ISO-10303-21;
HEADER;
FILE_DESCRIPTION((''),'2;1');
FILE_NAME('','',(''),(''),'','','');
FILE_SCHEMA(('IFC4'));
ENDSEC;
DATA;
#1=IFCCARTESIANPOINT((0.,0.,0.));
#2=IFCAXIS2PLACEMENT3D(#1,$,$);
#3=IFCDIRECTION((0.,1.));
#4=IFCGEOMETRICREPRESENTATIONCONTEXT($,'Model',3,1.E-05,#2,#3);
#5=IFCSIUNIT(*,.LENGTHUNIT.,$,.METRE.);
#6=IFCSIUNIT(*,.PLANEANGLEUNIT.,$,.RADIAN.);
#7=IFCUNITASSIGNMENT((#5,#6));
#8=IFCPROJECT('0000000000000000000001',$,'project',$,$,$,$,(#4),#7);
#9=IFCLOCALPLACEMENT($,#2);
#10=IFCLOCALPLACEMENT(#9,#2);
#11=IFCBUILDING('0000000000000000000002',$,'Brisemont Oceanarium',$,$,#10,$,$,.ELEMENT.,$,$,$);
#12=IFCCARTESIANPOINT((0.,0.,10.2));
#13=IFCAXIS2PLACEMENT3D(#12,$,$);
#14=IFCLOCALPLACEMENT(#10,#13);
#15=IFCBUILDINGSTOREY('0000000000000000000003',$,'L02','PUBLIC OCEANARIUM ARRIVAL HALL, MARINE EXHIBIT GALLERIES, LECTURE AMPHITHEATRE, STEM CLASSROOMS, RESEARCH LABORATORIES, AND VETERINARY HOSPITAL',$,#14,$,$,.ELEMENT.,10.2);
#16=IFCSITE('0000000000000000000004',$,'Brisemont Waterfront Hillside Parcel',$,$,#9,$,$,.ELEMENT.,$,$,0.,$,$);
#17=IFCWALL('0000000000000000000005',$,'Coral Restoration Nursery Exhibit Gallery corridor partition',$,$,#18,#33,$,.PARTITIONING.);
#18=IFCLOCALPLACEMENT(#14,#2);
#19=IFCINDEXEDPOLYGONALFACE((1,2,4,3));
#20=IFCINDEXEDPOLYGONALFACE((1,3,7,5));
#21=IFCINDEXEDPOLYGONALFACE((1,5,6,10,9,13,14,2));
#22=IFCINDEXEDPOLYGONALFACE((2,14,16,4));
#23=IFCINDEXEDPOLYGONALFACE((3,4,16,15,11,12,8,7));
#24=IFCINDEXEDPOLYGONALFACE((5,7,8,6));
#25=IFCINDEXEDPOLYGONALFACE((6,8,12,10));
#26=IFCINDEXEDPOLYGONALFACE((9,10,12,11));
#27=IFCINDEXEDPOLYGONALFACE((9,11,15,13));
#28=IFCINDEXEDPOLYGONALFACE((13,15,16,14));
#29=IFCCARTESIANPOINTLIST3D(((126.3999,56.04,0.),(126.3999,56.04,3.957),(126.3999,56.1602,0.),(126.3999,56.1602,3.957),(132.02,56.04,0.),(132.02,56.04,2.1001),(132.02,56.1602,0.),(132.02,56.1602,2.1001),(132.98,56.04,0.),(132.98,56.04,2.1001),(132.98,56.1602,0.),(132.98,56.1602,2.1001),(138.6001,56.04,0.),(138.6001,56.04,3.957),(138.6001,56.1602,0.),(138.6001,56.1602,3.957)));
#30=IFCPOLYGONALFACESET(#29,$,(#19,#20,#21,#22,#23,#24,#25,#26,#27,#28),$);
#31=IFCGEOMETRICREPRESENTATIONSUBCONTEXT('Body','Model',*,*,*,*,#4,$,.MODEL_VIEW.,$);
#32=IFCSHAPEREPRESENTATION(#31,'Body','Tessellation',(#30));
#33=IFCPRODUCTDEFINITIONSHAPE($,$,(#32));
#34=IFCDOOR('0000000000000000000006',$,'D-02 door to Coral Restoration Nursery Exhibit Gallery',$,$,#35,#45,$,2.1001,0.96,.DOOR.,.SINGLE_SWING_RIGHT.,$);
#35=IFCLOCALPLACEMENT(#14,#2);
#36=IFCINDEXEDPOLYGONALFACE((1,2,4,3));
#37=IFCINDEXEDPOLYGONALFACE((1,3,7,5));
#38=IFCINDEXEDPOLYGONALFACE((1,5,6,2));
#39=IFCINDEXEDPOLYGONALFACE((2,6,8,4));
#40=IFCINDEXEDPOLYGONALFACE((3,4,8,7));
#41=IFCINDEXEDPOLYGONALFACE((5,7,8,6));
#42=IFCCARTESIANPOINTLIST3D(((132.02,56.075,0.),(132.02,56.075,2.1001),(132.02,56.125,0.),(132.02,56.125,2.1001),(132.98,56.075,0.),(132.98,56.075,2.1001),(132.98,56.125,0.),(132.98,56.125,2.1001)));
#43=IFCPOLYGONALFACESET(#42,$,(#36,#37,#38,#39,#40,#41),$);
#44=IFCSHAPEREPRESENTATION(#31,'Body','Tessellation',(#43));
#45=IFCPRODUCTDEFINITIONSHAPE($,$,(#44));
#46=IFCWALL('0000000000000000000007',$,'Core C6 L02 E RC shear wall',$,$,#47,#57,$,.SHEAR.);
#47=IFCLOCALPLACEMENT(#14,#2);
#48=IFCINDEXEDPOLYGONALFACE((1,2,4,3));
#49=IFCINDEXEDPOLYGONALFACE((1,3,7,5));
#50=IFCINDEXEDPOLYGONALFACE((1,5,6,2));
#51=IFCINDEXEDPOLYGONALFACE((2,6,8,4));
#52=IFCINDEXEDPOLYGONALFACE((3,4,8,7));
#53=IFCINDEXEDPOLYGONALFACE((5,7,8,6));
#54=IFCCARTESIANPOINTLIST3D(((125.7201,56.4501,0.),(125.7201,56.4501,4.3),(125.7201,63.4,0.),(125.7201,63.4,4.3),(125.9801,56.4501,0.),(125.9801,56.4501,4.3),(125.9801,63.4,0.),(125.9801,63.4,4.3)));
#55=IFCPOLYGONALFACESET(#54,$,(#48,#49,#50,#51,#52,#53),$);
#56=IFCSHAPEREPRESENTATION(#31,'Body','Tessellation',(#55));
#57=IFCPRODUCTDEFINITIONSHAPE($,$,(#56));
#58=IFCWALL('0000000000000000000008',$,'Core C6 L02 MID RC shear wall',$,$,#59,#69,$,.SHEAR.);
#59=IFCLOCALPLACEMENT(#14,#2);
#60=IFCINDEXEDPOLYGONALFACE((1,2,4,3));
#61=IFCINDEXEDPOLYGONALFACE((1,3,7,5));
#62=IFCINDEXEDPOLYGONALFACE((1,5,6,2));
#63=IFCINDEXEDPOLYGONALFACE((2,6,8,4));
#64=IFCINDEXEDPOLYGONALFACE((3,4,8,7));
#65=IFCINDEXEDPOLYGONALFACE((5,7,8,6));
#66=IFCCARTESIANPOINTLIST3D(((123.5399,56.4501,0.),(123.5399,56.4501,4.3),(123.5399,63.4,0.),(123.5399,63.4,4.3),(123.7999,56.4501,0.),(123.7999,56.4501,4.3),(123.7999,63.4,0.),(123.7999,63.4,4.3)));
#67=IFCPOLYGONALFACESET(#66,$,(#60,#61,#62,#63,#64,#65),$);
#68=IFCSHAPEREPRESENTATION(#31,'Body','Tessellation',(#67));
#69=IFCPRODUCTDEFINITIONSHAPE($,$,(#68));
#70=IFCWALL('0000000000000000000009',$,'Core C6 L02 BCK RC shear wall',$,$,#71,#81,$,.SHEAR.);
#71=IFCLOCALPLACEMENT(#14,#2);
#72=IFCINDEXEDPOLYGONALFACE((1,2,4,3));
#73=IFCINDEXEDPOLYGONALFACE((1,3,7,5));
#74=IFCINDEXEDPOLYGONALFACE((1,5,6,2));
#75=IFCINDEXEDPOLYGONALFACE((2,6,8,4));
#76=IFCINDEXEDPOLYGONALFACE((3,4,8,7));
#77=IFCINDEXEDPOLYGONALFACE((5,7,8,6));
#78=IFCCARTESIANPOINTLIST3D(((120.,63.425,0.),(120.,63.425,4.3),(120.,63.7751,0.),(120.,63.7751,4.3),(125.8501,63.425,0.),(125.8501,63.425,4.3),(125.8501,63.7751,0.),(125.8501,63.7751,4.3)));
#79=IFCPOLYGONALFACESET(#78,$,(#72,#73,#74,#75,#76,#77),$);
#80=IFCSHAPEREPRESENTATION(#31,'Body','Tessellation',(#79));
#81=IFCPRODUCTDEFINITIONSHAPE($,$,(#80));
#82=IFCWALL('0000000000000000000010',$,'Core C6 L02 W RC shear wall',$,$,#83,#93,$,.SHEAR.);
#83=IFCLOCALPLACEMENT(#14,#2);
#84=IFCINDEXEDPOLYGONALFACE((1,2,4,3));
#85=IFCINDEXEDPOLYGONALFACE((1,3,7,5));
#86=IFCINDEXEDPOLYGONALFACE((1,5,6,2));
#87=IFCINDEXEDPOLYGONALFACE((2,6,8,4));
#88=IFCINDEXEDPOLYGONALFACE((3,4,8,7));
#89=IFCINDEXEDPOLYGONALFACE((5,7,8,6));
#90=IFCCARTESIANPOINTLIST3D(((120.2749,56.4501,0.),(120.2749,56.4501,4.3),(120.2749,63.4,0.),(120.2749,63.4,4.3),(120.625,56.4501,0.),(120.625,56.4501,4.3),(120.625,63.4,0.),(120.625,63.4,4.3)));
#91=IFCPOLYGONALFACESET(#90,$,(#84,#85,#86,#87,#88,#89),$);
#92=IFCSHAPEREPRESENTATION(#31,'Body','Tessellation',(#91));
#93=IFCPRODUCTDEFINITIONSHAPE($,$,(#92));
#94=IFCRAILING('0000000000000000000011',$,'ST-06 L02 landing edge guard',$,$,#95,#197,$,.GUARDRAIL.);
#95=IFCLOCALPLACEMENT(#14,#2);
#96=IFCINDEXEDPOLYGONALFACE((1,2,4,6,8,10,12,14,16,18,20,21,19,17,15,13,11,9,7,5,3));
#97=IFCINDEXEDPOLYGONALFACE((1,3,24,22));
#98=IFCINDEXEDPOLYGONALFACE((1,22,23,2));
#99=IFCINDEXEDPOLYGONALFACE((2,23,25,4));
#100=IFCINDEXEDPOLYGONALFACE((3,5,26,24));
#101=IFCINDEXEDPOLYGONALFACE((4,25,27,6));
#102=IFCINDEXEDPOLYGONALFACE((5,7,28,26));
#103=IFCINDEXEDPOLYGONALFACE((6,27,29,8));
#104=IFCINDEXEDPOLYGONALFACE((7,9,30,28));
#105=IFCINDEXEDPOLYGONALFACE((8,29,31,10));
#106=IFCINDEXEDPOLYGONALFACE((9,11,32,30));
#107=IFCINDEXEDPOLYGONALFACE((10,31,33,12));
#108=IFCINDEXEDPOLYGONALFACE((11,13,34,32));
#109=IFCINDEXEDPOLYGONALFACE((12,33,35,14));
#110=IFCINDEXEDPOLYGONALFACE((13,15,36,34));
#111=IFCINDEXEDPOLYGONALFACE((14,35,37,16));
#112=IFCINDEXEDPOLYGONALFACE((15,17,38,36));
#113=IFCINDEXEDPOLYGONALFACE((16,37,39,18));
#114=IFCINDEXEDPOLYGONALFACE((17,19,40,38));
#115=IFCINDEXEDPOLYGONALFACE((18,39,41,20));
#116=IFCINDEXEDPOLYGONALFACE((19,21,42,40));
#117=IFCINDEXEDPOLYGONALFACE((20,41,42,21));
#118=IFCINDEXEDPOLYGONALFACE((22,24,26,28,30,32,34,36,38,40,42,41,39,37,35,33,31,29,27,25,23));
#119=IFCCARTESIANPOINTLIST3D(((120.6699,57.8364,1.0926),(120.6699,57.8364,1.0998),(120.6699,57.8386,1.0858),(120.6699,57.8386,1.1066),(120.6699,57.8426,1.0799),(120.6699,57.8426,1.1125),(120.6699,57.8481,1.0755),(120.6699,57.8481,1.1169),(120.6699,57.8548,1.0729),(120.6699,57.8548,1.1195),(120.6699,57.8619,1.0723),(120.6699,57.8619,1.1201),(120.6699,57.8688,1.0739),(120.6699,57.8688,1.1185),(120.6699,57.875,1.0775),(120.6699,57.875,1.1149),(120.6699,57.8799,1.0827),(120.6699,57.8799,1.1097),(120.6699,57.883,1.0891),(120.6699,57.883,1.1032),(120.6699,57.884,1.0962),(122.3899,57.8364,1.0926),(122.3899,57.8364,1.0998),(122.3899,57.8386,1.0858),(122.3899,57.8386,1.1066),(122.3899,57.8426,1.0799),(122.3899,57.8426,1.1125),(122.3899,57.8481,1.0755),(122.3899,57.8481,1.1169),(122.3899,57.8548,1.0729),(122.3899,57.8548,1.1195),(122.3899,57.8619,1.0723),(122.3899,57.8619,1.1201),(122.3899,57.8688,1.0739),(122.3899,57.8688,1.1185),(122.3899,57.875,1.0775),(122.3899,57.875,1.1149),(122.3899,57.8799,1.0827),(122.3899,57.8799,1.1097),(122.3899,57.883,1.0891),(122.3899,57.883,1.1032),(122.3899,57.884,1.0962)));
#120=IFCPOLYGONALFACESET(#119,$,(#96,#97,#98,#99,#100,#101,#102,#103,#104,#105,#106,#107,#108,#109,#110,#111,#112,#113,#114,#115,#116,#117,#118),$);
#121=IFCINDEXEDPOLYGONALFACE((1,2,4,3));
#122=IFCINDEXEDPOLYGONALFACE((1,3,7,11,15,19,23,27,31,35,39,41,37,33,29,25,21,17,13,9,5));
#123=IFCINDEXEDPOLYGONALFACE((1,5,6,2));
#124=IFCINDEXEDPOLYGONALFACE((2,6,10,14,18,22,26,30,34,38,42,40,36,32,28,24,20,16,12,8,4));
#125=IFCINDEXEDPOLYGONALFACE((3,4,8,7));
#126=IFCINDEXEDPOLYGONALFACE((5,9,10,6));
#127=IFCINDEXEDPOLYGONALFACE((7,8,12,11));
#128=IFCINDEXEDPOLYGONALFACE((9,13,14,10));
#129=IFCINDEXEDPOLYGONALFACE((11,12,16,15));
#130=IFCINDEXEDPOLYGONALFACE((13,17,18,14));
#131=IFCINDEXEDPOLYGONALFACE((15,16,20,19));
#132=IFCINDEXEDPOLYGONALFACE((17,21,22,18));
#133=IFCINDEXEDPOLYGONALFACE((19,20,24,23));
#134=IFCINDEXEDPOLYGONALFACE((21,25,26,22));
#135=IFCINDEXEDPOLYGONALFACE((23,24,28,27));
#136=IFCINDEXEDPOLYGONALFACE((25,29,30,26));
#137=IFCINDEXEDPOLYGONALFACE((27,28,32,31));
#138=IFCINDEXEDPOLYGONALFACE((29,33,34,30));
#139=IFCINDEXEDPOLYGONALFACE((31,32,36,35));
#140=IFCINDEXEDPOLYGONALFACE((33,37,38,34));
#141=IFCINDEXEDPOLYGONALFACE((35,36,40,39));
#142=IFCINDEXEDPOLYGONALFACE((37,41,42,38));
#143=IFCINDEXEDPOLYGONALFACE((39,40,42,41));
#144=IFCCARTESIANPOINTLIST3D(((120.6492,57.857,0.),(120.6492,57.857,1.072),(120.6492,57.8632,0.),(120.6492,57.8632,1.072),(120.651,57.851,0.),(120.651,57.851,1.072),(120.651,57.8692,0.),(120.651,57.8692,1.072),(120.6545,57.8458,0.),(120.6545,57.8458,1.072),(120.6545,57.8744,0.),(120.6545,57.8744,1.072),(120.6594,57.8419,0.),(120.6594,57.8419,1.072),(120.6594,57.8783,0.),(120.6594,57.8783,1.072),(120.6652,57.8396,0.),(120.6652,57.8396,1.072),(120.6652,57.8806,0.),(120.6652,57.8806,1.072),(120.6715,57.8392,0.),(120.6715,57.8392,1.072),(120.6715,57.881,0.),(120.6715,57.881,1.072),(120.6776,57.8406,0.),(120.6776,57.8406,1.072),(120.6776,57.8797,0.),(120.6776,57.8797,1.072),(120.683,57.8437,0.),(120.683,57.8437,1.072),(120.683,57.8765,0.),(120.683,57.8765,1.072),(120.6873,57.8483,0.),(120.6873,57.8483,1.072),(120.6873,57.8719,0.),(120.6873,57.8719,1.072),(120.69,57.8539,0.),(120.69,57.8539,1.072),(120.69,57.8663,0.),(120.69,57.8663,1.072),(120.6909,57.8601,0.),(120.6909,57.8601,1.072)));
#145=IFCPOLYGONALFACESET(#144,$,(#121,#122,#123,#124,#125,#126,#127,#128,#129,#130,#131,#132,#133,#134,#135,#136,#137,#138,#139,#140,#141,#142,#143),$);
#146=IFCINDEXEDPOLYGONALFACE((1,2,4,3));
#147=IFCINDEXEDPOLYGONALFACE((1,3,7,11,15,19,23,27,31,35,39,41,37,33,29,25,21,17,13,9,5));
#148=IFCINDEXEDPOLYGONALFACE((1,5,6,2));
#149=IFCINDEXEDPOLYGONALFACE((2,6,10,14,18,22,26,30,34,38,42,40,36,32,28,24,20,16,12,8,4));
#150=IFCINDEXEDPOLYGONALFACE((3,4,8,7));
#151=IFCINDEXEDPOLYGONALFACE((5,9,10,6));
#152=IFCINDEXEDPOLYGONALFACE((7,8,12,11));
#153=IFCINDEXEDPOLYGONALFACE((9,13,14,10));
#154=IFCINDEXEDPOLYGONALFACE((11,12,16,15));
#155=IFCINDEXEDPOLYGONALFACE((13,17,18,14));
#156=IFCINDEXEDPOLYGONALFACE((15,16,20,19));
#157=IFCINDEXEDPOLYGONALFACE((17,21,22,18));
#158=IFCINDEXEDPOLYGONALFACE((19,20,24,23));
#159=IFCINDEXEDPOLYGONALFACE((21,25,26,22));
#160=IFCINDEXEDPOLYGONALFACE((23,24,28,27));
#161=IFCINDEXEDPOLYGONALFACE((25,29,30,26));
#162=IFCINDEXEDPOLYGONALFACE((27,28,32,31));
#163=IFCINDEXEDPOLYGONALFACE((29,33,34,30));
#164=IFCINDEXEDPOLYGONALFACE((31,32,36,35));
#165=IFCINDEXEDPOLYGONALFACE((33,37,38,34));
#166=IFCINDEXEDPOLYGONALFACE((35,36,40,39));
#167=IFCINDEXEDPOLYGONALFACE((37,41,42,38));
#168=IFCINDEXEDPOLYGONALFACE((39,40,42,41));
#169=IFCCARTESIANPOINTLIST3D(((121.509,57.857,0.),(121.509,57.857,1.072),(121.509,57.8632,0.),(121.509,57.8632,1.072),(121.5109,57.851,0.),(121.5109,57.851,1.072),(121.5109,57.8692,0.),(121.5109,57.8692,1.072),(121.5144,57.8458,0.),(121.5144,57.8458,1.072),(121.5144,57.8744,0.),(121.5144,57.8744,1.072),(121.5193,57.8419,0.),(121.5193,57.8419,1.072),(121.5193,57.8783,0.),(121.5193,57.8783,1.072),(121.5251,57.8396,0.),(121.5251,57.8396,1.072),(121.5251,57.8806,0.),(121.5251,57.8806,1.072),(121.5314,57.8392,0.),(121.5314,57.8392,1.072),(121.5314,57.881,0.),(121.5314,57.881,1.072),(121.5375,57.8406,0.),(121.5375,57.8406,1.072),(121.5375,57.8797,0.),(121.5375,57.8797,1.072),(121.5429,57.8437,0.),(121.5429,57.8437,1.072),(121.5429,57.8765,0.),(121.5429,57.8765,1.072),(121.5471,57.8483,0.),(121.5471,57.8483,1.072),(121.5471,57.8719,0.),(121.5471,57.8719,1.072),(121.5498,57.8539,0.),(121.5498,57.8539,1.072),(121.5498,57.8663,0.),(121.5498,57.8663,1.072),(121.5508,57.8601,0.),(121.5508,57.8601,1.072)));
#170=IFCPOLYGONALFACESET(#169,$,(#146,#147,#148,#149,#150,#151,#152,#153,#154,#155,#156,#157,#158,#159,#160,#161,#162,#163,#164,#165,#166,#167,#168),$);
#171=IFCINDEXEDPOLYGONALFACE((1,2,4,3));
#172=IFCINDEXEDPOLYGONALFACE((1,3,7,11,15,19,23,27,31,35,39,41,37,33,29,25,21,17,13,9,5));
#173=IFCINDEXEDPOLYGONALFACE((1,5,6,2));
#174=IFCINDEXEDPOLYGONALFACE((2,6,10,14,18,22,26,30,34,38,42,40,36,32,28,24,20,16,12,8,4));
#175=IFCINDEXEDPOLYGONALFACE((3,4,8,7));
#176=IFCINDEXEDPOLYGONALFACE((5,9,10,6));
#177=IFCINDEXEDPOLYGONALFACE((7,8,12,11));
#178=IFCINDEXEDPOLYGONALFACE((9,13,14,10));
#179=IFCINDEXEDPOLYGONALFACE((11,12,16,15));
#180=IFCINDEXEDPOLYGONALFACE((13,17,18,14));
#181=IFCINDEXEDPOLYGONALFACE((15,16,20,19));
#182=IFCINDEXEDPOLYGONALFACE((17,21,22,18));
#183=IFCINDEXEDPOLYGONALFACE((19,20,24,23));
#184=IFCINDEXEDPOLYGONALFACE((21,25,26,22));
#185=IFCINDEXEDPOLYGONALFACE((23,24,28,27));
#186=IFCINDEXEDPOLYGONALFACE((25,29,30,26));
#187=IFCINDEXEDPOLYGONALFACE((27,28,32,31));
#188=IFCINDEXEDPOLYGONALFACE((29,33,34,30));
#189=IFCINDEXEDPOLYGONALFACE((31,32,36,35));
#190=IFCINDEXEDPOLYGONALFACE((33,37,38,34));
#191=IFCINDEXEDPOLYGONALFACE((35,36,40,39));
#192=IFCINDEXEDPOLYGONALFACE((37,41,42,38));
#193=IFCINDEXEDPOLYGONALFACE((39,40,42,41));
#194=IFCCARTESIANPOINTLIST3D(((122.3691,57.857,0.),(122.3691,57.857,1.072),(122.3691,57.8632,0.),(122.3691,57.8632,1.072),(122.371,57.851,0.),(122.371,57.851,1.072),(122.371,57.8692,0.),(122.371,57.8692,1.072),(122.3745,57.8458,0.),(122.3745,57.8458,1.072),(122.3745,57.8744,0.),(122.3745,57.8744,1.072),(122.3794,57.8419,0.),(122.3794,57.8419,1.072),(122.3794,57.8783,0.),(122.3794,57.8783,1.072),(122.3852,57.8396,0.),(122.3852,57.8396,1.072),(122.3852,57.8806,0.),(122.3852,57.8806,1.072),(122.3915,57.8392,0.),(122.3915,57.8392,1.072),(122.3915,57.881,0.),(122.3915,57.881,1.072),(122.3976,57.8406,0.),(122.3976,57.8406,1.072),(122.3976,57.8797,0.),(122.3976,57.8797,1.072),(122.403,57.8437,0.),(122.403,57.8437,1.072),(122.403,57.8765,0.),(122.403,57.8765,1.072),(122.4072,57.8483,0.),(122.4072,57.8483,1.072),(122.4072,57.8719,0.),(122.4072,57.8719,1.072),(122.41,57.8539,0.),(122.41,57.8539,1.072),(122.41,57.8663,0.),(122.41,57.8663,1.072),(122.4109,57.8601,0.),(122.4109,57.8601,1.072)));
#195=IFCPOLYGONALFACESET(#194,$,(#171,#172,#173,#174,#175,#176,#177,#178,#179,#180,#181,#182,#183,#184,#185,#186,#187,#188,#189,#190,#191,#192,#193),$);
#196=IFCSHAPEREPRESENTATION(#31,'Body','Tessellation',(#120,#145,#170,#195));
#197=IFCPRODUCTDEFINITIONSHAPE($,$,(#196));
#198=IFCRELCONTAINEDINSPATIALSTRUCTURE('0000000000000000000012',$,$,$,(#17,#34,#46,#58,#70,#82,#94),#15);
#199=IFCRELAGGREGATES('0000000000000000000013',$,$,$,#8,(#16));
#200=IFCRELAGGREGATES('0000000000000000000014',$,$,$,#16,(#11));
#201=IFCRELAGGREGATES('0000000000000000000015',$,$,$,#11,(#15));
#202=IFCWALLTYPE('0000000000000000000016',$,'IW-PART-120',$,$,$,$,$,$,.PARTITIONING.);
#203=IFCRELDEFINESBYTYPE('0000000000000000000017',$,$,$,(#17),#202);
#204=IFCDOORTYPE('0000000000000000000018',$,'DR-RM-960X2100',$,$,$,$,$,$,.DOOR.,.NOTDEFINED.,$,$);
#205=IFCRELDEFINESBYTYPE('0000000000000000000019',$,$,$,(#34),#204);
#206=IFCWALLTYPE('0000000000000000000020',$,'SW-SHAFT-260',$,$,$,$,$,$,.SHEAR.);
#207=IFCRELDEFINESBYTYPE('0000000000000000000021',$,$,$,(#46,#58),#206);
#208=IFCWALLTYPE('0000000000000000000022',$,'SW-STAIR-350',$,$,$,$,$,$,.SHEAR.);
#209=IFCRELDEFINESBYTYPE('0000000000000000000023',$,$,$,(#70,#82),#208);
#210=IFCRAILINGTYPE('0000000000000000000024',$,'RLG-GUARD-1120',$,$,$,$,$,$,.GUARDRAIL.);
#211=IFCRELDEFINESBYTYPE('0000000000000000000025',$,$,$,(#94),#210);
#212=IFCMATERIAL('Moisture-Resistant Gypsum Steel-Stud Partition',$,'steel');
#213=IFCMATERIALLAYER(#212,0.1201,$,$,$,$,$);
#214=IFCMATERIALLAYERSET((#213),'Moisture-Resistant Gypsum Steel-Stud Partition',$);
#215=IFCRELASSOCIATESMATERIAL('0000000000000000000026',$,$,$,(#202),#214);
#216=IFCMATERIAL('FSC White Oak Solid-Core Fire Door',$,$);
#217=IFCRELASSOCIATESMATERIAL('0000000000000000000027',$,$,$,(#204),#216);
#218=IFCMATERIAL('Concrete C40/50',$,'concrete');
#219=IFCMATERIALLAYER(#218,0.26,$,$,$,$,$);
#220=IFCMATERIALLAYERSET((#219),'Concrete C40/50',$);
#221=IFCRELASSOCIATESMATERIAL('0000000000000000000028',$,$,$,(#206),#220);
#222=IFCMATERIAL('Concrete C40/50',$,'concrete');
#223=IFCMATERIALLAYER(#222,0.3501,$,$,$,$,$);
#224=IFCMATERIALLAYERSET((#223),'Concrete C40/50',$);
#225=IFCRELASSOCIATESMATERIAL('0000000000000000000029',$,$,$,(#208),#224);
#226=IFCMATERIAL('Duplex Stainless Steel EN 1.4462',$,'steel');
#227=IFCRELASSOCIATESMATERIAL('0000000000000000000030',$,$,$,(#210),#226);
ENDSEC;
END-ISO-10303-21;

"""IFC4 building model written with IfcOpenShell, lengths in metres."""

from ifc_helpers import new_model, si_unit, direction, frame, frame_2d, origin, origin_2d, place, context, subcontext, project, spatial, rectangle, circle, extrude, material, layer, layer_set, type_object, element, fill, save


model = new_model("IFC4")

# Units and contexts
model_context = context("Model", 3, precision=1e-05, world=origin(), true_north=direction((0.0, 1.0)))
body_context = subcontext(model_context, "Body", "Model", "MODEL_VIEW")
ifc_project = project(units=[si_unit("LENGTHUNIT", "METRE"), si_unit("PLANEANGLEUNIT", "RADIAN")], contexts=[model_context])

# Site, building, storey
site_placement = place(None, origin())
site = spatial("IfcSite", under=ifc_project, at=site_placement, Name="Brisemont Waterfront Hillside Parcel", CompositionType="ELEMENT", RefElevation=0.0)
building_placement = place(site_placement, origin())
building = spatial("IfcBuilding", under=site, at=building_placement, Name="Brisemont Oceanarium", CompositionType="ELEMENT")
storey_placement = place(building_placement, frame((0.0, 0.0, 10.2)))
storey = spatial("IfcBuildingStorey", under=building, at=storey_placement, Name="L02", Description="PUBLIC OCEANARIUM ARRIVAL HALL, MARINE EXHIBIT GALLERIES, LECTURE AMPHITHEATRE, STEM CLASSROOMS, RESEARCH LABORATORIES, AND VETERINARY HOSPITAL", CompositionType="ELEMENT", Elevation=10.2)

# Wall, opening, door
ifc_material_1 = material(Name="Moisture-Resistant Gypsum Steel-Stud Partition", Category="steel")
ifc_layer_1 = layer(ifc_material_1, 0.1201)
ifc_layer_set_1 = layer_set([ifc_layer_1], Name="Moisture-Resistant Gypsum Steel-Stud Partition")
wall_type_1 = type_object("IfcWallType", Name="IW-PART-120", PredefinedType="PARTITIONING", material=ifc_layer_set_1)
wall_1_placement = place(storey_placement, frame((126.3999, 56.1001, 0.0), z_axis=(0.0, 0.0, 1.0), x_axis=(1.0, 0.0, 0.0)))
wall_1 = element("IfcWall", 1, at=wall_1_placement, inside=storey, type_object=wall_type_1, Name="Coral Restoration Nursery Exhibit Gallery corridor partition", PredefinedType="PARTITIONING", context=body_context, shape_type="SweptSolid", body=[
    extrude(rectangle(XDim=12.2002, YDim=0.1201, at=frame_2d((6.1001, 0.0))), origin(), (0.0, 0.0, 1.0), 3.957),
])
opening_1_placement = place(wall_1_placement, frame((5.6201, 0.0, 0.0)))
opening_1 = element("IfcOpeningElement", 2, at=opening_1_placement, cuts=wall_1, PredefinedType="OPENING", context=body_context, shape_type="SweptSolid", body=[
    extrude(rectangle(XDim=0.96, YDim=2.1001, at=frame_2d((0.48, 1.05))), frame((0.0, 0.0701, 0.0), z_axis=(0.0, -1.0, 0.0), x_axis=(1.0, 0.0, 0.0)), (0.0, 0.0, 1.0), 0.1401),
])
ifc_material_2 = material(Name="FSC White Oak Solid-Core Fire Door")
door_type_1 = type_object("IfcDoorType", Name="DR-RM-960X2100", OperationType="NOTDEFINED", PredefinedType="DOOR", material=ifc_material_2)
door_1_placement = place(opening_1_placement, origin())
door_1 = element("IfcDoor", 3, at=door_1_placement, inside=storey, type_object=door_type_1, Name="D-02 door to Coral Restoration Nursery Exhibit Gallery", OperationType="SINGLE_SWING_RIGHT", OverallHeight=2.1001, OverallWidth=0.96, PredefinedType="DOOR", context=body_context, shape_type="SweptSolid", body=[
    extrude(rectangle(XDim=0.96, YDim=2.1001, at=frame_2d((0.48, 1.05))), frame((0.0, 0.0249, 0.0), z_axis=(0.0, -1.0, 0.0), x_axis=(1.0, 0.0, 0.0)), (0.0, 0.0, 1.0), 0.05),
])
fill(opening_1, door_1)

# Walls
ifc_material_3 = material(Name="Concrete C40/50", Category="concrete")
ifc_layer_2 = layer(ifc_material_3, 0.26)
ifc_layer_set_2 = layer_set([ifc_layer_2], Name="Concrete C40/50")
wall_type_2 = type_object("IfcWallType", Name="SW-SHAFT-260", PredefinedType="SHEAR", material=ifc_layer_set_2)
for number, where, z_axis, x_axis, name in (
    (4, (125.8501, 56.45, 0.0), (0.0, 0.0, 1.0), (0.0, 1.0, 0.0), "Core C6 L02 E RC shear wall"),
    (5, (123.6699, 56.45, 0.0), (0.0, 0.0, 1.0), (0.0, 1.0, 0.0), "Core C6 L02 MID RC shear wall"),
):
    element("IfcWall", number, at=place(storey_placement, frame(where, z_axis=z_axis, x_axis=x_axis)), inside=storey, type_object=wall_type_2, Name=name, PredefinedType="SHEAR", context=body_context, shape_type="SweptSolid", body=[
        extrude(rectangle(XDim=6.95, YDim=0.26, at=frame_2d((3.4751, 0.0))), origin(), (0.0, 0.0, 1.0), 4.3),
    ])

# Shared definitions
ifc_material_4 = material(Name="Concrete C40/50", Category="concrete")
ifc_layer_3 = layer(ifc_material_4, 0.3501)
ifc_layer_set_3 = layer_set([ifc_layer_3], Name="Concrete C40/50")
wall_type_3 = type_object("IfcWallType", Name="SW-STAIR-350", PredefinedType="SHEAR", material=ifc_layer_set_3)

# Walls
wall_2_placement = place(storey_placement, frame((120.0, 63.6001, 0.0), z_axis=(0.0, 0.0, 1.0), x_axis=(1.0, 0.0, 0.0)))
element("IfcWall", 6, at=wall_2_placement, inside=storey, type_object=wall_type_3, Name="Core C6 L02 BCK RC shear wall", PredefinedType="SHEAR", context=body_context, shape_type="SweptSolid", body=[
    extrude(rectangle(XDim=5.8501, YDim=0.3501, at=frame_2d((2.925, 0.0))), origin(), (0.0, 0.0, 1.0), 4.3),
])
wall_3_placement = place(storey_placement, frame((120.45, 56.45, 0.0), z_axis=(0.0, 0.0, 1.0), x_axis=(0.0, 1.0, 0.0)))
element("IfcWall", 7, at=wall_3_placement, inside=storey, type_object=wall_type_3, Name="Core C6 L02 W RC shear wall", PredefinedType="SHEAR", context=body_context, shape_type="SweptSolid", body=[
    extrude(rectangle(XDim=6.95, YDim=0.3501, at=frame_2d((3.4751, 0.0))), origin(), (0.0, 0.0, 1.0), 4.3),
])

# Railing
ifc_material_5 = material(Name="Duplex Stainless Steel EN 1.4462", Category="steel")
railing_type = type_object("IfcRailingType", Name="RLG-GUARD-1120", PredefinedType="GUARDRAIL", material=ifc_material_5)
railing_1_placement = place(storey_placement, frame((120.6699, 57.8601, 0.0)))
element("IfcRailing", 8, at=railing_1_placement, inside=storey, type_object=railing_type, Name="ST-06 L02 landing edge guard", PredefinedType="GUARDRAIL", context=body_context, shape_type="SweptSolid", body=[
    extrude(circle(Radius=0.0239, at=origin_2d()), frame((0.0, 0.0, 1.0962), z_axis=(1.0, 0.0, 0.0), x_axis=(0.0, 1.0, 0.0)), (0.0, 0.0, 1.0), 1.72),
    extrude(circle(Radius=0.021, at=origin_2d()), origin(), (0.0, 0.0, 1.0), 1.072),
    extrude(circle(Radius=0.021, at=origin_2d()), frame((0.8599, 0.0, 0.0)), (0.0, 0.0, 1.0), 1.072),
    extrude(circle(Radius=0.021, at=origin_2d()), frame((1.72, 0.0, 0.0)), (0.0, 0.0, 1.0), 1.072),
])

save(model, "model.ifc")
